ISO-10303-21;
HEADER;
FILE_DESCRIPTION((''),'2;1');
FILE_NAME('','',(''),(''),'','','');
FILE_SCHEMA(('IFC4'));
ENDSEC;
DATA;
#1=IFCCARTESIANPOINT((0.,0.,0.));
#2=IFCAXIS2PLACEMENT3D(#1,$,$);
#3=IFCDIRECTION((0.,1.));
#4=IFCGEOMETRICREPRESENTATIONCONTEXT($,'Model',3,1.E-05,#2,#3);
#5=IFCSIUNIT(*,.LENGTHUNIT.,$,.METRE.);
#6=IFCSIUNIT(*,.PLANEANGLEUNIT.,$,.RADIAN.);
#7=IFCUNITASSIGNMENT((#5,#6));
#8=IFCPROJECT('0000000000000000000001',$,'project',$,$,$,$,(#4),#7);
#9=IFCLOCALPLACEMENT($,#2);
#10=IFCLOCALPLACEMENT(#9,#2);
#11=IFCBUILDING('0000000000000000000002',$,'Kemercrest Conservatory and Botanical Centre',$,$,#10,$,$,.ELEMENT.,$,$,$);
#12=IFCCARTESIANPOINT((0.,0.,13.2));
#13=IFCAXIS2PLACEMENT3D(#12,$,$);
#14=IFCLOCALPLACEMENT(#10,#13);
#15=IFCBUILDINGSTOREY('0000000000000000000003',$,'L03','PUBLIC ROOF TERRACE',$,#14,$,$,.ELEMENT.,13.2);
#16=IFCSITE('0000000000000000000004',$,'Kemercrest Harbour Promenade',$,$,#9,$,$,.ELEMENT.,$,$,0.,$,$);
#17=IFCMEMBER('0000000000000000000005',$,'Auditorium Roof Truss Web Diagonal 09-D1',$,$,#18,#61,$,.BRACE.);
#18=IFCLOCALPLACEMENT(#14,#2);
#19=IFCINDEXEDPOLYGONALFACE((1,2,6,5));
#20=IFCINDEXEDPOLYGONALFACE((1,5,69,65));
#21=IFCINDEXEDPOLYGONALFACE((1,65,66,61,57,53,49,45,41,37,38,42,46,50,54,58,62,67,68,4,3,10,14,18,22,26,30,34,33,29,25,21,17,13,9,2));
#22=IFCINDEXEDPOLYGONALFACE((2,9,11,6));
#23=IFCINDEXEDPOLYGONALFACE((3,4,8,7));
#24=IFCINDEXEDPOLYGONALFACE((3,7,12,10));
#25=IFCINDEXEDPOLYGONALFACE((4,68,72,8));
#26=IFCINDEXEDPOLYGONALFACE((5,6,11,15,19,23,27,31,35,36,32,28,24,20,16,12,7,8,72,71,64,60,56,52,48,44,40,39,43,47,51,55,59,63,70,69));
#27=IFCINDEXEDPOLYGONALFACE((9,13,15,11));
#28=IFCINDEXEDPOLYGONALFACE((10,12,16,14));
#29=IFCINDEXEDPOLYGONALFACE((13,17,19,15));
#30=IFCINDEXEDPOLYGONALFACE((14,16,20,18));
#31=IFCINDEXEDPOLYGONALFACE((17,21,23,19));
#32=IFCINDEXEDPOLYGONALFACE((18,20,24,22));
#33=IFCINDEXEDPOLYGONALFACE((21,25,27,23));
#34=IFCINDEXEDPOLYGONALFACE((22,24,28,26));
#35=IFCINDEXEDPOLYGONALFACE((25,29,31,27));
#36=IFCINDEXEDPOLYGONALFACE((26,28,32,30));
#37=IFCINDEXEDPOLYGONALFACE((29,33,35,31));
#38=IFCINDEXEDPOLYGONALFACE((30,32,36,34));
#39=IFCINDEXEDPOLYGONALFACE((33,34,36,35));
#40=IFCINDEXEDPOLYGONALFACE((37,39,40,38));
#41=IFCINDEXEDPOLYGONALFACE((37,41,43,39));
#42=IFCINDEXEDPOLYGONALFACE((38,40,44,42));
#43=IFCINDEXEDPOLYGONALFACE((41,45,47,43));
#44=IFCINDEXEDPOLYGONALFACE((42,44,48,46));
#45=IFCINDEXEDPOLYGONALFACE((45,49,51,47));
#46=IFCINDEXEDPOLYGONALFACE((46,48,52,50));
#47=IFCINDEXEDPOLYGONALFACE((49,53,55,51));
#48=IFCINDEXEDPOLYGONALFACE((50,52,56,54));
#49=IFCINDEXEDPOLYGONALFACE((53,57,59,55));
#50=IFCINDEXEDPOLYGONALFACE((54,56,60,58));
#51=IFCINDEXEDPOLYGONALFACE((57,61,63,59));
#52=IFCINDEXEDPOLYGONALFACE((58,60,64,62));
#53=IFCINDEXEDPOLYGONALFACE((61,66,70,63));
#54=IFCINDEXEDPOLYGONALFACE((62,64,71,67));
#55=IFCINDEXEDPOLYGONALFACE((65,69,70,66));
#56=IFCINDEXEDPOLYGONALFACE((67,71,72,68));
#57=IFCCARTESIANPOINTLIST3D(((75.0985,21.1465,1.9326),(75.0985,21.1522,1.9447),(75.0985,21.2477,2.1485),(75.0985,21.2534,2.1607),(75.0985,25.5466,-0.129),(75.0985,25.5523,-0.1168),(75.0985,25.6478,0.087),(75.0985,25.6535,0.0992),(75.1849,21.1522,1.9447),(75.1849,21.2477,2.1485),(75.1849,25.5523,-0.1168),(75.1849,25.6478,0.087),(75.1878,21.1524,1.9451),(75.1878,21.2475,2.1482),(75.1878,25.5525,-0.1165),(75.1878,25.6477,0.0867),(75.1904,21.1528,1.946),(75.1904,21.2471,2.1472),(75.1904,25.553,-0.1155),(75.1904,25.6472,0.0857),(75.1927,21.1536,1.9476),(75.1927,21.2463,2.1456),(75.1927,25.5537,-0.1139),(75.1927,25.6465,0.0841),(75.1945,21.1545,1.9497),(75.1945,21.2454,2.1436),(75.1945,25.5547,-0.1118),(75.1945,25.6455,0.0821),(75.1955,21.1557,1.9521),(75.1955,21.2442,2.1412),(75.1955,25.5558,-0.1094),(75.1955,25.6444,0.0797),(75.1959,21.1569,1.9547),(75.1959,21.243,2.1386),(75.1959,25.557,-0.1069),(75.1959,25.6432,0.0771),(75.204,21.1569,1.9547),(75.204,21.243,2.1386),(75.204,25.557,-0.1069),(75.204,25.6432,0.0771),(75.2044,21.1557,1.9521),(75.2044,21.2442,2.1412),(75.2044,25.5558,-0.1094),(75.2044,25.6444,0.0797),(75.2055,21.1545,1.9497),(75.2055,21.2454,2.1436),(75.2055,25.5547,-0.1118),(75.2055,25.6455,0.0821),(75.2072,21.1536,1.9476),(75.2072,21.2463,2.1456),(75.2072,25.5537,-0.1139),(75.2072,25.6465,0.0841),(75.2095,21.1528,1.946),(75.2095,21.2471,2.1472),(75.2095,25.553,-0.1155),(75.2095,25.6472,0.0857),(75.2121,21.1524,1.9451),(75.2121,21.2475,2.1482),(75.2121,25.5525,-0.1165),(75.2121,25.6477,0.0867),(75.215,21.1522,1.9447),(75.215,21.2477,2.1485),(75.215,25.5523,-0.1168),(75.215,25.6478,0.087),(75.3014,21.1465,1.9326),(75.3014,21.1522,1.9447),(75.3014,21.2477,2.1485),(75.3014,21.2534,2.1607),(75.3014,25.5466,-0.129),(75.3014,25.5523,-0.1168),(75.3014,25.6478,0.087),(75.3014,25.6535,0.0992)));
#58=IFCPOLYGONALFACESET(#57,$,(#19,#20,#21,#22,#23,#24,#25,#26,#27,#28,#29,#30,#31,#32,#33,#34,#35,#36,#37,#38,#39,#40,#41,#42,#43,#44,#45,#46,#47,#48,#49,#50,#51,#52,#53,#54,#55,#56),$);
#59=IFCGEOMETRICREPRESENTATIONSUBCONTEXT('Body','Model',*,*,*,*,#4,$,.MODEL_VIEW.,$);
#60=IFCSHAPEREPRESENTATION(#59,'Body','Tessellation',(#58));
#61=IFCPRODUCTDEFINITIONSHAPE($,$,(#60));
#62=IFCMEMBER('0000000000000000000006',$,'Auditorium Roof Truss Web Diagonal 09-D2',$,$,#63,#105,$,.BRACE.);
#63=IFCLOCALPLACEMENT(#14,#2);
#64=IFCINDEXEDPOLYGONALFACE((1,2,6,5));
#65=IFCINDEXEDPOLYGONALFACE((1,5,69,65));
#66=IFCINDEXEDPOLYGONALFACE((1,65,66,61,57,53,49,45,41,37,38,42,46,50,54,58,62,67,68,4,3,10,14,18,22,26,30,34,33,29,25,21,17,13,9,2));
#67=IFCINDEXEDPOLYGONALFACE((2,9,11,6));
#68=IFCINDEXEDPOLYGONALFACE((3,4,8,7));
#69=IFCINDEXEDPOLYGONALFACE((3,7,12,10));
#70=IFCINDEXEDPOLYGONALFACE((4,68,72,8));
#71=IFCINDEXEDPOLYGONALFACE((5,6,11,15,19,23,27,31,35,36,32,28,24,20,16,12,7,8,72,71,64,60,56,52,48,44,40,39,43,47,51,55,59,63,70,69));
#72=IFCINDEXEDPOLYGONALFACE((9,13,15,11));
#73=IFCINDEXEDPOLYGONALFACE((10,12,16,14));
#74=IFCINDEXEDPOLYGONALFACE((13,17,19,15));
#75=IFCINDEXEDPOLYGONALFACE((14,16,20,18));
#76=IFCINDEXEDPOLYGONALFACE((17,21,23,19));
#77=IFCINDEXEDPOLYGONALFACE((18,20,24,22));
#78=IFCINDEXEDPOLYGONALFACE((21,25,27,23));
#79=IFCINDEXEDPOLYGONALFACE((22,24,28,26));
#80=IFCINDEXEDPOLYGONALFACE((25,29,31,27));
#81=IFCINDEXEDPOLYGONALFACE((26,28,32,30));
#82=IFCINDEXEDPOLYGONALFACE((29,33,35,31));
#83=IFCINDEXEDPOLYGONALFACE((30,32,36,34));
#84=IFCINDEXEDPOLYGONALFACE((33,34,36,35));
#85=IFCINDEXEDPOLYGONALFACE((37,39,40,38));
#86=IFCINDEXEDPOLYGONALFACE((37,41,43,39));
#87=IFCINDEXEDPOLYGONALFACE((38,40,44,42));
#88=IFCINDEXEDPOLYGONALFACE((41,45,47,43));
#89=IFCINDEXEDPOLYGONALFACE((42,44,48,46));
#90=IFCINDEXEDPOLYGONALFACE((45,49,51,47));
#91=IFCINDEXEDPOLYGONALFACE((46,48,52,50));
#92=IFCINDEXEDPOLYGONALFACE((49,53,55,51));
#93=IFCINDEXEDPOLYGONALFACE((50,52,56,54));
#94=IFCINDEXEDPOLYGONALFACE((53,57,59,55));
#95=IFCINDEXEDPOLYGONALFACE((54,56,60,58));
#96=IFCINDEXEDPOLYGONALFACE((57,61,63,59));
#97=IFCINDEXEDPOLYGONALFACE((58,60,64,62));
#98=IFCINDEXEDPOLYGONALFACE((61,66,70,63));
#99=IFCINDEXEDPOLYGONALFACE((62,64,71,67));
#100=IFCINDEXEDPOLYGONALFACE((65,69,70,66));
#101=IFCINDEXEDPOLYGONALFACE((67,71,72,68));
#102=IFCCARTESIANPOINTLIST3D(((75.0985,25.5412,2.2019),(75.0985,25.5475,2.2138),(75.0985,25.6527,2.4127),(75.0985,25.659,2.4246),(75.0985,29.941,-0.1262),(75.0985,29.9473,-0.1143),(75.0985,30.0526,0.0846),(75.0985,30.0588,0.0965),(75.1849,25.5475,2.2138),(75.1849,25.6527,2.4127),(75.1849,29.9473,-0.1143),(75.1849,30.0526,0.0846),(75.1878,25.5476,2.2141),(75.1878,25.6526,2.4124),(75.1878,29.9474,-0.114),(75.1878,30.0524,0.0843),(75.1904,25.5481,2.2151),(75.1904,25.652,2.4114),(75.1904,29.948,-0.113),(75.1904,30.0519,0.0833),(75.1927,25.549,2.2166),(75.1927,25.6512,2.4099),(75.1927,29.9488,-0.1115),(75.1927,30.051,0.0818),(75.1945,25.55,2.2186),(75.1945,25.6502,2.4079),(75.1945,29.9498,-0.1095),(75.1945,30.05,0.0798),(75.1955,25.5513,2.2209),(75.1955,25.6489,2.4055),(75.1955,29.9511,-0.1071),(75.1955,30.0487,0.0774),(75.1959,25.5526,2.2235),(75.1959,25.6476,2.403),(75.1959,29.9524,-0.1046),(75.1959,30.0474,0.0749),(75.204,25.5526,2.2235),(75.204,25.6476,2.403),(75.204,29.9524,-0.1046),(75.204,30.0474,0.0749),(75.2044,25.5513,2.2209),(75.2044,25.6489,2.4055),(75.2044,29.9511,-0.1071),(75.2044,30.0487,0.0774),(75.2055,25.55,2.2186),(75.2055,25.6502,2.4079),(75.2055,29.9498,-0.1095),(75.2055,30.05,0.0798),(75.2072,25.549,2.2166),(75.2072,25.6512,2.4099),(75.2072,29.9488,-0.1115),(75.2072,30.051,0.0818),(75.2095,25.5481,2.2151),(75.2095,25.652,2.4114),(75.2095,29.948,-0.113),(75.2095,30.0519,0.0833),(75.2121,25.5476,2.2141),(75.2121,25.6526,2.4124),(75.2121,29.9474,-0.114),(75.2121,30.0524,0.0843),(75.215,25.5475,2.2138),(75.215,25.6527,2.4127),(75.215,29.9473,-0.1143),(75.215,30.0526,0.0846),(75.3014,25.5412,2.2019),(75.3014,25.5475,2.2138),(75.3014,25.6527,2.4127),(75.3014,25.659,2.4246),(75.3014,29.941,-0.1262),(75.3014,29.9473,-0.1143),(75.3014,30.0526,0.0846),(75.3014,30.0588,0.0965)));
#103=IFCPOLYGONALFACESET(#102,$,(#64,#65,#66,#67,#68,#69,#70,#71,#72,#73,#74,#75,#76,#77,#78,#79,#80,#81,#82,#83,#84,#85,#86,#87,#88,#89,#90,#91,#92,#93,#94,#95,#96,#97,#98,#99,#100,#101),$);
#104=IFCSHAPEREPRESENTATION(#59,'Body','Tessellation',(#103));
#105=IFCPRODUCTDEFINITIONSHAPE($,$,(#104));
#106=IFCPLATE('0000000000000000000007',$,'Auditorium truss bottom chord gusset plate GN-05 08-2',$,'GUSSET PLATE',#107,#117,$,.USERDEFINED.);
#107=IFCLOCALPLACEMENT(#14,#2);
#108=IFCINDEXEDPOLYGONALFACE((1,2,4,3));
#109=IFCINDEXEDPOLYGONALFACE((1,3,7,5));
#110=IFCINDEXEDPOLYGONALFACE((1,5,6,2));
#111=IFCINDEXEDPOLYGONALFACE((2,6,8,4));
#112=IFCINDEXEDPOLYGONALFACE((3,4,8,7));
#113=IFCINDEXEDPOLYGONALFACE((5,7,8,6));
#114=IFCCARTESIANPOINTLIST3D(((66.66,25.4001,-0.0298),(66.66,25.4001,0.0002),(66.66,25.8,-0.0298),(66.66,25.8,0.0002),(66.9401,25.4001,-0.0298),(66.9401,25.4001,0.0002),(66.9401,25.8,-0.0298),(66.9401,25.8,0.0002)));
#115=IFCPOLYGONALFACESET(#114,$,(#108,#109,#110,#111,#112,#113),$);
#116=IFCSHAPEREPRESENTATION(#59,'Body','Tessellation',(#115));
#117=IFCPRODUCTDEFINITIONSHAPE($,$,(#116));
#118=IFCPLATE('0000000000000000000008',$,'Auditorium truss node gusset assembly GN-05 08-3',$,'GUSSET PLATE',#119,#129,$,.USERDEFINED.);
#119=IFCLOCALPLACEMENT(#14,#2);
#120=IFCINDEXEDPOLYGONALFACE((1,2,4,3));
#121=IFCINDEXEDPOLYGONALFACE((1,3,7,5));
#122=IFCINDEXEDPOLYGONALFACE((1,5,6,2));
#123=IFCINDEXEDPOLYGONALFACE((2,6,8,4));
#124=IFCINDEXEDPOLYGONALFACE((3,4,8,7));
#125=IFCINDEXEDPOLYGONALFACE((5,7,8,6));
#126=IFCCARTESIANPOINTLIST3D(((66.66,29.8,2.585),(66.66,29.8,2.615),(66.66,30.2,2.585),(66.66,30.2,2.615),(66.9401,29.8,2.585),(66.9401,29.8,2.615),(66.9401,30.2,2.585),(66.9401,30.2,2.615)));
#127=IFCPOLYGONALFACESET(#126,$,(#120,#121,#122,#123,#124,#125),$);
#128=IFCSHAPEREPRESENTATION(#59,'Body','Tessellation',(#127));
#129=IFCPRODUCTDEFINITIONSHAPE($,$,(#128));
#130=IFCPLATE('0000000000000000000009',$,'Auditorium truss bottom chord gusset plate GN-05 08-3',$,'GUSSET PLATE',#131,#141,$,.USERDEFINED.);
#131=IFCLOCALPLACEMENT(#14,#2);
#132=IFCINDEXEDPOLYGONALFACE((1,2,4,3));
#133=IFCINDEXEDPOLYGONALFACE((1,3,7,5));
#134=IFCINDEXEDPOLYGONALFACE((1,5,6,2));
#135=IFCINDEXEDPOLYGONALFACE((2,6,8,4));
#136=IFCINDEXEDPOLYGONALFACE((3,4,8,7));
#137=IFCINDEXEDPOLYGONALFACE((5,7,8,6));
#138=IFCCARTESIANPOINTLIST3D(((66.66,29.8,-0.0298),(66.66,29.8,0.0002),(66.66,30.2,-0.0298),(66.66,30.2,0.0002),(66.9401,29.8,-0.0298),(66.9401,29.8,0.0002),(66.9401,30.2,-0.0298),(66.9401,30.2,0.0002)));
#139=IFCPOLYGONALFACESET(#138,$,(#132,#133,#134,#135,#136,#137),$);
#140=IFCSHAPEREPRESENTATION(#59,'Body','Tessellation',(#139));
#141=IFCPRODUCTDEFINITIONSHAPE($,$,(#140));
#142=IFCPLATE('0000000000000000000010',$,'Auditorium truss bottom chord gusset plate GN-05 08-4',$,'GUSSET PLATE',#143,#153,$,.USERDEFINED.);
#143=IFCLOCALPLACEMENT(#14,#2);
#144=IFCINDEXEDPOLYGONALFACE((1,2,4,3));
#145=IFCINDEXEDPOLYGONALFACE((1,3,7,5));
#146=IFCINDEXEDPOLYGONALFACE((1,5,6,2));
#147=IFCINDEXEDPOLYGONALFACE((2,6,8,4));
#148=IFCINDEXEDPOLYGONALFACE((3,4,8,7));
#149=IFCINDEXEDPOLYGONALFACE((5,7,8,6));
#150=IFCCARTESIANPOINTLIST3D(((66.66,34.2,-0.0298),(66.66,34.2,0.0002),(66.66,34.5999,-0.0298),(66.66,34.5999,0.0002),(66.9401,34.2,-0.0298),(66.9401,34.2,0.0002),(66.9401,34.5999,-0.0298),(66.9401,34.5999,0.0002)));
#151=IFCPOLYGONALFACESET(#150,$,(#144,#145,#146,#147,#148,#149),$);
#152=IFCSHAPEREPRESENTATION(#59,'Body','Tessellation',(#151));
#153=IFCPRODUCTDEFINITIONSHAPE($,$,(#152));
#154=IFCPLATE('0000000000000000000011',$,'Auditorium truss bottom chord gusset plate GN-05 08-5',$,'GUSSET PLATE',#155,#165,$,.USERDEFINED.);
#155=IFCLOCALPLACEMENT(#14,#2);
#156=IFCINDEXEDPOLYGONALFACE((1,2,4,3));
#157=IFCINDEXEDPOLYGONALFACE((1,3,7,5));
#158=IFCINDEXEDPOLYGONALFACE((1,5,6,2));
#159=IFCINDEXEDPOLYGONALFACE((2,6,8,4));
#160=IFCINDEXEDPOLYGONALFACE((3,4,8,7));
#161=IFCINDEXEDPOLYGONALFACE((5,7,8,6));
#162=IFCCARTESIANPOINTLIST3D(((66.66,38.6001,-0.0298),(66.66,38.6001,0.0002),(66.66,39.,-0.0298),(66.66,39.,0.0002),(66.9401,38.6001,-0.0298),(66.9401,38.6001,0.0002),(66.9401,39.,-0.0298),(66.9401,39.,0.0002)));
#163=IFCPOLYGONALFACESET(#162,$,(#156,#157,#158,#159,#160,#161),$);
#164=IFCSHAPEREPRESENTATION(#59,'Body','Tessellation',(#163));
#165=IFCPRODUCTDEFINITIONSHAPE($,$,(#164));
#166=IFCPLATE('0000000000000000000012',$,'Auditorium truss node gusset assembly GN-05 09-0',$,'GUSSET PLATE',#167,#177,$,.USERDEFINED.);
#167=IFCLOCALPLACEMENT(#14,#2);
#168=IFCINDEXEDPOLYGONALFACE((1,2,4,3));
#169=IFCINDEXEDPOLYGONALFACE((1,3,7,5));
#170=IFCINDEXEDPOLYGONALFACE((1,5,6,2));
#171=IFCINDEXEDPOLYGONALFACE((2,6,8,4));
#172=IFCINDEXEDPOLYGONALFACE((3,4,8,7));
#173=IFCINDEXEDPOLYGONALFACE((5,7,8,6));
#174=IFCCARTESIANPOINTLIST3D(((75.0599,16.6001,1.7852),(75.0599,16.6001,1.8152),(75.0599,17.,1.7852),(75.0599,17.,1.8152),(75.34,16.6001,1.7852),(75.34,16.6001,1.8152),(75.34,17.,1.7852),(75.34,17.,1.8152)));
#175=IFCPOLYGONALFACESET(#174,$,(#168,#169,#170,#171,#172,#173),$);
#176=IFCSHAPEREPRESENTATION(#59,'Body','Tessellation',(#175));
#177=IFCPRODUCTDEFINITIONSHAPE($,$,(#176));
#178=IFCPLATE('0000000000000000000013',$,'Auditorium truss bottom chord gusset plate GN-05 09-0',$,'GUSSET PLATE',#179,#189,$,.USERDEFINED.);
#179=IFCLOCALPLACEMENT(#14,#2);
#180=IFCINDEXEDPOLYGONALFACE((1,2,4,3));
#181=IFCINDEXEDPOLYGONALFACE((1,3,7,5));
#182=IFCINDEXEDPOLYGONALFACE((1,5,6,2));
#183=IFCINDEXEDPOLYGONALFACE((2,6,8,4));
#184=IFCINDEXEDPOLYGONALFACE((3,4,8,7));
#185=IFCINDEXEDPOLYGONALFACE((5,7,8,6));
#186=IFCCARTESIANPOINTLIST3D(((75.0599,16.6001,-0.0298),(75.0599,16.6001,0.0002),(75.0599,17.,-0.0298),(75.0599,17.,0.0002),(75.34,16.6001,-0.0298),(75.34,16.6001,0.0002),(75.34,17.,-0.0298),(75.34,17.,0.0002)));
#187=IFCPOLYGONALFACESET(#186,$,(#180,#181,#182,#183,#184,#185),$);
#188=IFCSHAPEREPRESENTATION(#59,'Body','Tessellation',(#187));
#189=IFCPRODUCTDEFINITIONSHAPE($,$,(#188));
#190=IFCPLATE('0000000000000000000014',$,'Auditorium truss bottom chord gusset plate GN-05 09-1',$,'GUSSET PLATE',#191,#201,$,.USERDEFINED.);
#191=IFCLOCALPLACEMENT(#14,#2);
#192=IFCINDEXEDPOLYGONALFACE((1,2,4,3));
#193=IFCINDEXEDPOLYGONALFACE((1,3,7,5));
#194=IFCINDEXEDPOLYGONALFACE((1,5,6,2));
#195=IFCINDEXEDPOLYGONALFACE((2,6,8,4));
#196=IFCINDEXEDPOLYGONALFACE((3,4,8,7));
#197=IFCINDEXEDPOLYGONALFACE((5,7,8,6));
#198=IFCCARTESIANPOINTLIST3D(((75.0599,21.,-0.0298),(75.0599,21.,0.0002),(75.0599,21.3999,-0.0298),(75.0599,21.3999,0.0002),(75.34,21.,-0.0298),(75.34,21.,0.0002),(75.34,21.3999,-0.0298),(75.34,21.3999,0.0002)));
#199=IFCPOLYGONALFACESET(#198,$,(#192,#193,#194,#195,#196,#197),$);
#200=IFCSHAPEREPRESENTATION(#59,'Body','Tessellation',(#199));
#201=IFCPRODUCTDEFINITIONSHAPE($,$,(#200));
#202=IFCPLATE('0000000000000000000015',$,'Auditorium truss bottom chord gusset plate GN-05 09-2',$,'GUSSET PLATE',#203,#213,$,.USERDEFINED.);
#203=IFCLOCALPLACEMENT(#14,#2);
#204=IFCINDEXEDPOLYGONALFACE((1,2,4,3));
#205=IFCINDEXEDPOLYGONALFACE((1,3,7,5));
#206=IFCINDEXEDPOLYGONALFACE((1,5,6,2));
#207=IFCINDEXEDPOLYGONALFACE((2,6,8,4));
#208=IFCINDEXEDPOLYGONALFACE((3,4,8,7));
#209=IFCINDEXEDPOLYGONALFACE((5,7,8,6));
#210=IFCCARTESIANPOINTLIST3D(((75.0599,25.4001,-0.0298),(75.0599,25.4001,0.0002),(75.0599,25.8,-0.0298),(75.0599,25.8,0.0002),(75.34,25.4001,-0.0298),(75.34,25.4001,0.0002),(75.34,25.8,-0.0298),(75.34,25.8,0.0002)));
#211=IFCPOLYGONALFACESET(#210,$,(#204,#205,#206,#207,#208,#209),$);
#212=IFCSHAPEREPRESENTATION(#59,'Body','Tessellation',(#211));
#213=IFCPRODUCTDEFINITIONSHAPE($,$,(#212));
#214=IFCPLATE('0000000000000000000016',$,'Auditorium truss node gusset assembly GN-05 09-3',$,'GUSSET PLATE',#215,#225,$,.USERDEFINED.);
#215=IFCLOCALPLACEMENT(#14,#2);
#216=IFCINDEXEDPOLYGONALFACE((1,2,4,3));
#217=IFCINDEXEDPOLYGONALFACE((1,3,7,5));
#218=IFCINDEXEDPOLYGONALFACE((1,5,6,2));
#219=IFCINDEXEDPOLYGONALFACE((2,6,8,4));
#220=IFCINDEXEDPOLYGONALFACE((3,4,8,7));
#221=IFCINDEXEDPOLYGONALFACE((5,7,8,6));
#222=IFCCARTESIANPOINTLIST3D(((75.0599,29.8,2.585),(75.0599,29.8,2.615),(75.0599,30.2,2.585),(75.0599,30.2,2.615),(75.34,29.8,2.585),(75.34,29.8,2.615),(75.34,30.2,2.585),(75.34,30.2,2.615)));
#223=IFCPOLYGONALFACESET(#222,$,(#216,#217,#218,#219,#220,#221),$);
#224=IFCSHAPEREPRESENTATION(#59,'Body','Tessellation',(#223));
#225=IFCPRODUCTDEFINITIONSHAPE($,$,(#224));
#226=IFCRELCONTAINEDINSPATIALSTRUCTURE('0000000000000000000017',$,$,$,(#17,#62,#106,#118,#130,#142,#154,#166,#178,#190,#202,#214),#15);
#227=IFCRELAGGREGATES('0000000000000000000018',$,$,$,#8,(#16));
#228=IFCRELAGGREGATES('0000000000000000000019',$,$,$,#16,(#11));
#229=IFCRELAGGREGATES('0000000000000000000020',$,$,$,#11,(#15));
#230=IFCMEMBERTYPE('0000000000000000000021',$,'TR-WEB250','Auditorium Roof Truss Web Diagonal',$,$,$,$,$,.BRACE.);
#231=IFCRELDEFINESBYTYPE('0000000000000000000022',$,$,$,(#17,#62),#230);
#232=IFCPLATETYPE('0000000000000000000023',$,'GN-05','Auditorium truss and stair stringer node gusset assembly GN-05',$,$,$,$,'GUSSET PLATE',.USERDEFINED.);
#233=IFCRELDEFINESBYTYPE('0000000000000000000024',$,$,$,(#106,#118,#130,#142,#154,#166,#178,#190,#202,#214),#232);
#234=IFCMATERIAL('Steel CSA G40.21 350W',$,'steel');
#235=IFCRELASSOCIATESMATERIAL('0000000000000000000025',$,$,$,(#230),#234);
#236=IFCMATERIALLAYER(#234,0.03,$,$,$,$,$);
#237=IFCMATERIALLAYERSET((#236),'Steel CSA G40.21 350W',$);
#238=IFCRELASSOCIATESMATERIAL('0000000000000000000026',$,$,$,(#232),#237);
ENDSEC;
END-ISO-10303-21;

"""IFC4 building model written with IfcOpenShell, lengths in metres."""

from ifc_helpers import new_model, si_unit, direction, frame, origin, origin_2d, place, context, subcontext, project, spatial, rectangle, i_section, extrude, material, layer, layer_set, material_profile, profile_set, type_object, element, save


model = new_model("IFC4")

# Units and contexts
model_context = context("Model", 3, precision=1e-05, world=origin(), true_north=direction((0.0, 1.0)))
body_context = subcontext(model_context, "Body", "Model", "MODEL_VIEW")
ifc_project = project(units=[si_unit("LENGTHUNIT", "METRE"), si_unit("PLANEANGLEUNIT", "RADIAN")], contexts=[model_context])

# Site, building, storey
site_placement = place(None, origin())
site = spatial("IfcSite", under=ifc_project, at=site_placement, Name="Kemercrest Harbour Promenade", CompositionType="ELEMENT", RefElevation=0.0)
building_placement = place(site_placement, origin())
building = spatial("IfcBuilding", under=site, at=building_placement, Name="Kemercrest Conservatory and Botanical Centre", CompositionType="ELEMENT")
storey_placement = place(building_placement, frame((0.0, 0.0, 13.2)))
storey = spatial("IfcBuildingStorey", under=building, at=storey_placement, Name="L03", Description="PUBLIC ROOF TERRACE", CompositionType="ELEMENT", Elevation=13.2)

# Members
ifc_material = material(Name="Steel CSA G40.21 350W", Category="steel")
ifc_material_profile_1 = material_profile(ifc_material, i_section(OverallWidth=0.2029, OverallDepth=0.252, WebThickness=0.0081, FlangeThickness=0.0134, FilletRadius=0.011, at=origin_2d()), Name="W250X58")
ifc_profile_set_1 = profile_set([ifc_material_profile_1], Name="Steel CSA G40.21 350W")
member_type_1 = type_object("IfcMemberType", Name="TR-WEB250", Description="Auditorium Roof Truss Web Diagonal", PredefinedType="BRACE", material=ifc_profile_set_1)
member_1_placement = place(storey_placement, frame((75.2, 21.2, 2.0466), z_axis=(0.0, 0.905542, -0.424258), x_axis=(-1.0, 0.0, 0.0)))
element("IfcMember", 1, at=member_1_placement, inside=storey, type_object=member_type_1, Name="Auditorium Roof Truss Web Diagonal 09-D1", PredefinedType="BRACE", context=body_context, shape_type="SweptSolid", body=[
    extrude(i_section(OverallWidth=0.2029, OverallDepth=0.252, WebThickness=0.0081, FlangeThickness=0.0134, FilletRadius=0.011, at=origin_2d()), origin(), (0.0, 0.0, 1.0), 4.8591),
])
member_2_placement = place(storey_placement, frame((75.2, 25.6001, 2.3132), z_axis=(0.0, 0.88389, -0.467694), x_axis=(-1.0, 0.0, 0.0)))
element("IfcMember", 2, at=member_2_placement, inside=storey, type_object=member_type_1, Name="Auditorium Roof Truss Web Diagonal 09-D2", PredefinedType="BRACE", context=body_context, shape_type="SweptSolid", body=[
    extrude(i_section(OverallWidth=0.2029, OverallDepth=0.252, WebThickness=0.0081, FlangeThickness=0.0134, FilletRadius=0.011, at=origin_2d()), origin(), (0.0, 0.0, 1.0), 4.9778),
])

# Plates
ifc_layer = layer(ifc_material, 0.03)
ifc_layer_set = layer_set([ifc_layer], Name="Steel CSA G40.21 350W")
plate_type = type_object("IfcPlateType", Name="GN-05", Description="Auditorium truss and stair stringer node gusset assembly GN-05", ElementType="GUSSET PLATE", PredefinedType="USERDEFINED", material=ifc_layer_set)
for number, where, z_axis, x_axis, name in (
    (3, (66.8, 25.6001, -0.0298), (0.0, 0.0, 1.0), (0.0, 1.0, 0.0), "Auditorium truss bottom chord gusset plate GN-05 08-2"),
    (4, (66.8, 30.0, 2.585), (0.0, 0.0, 1.0), (0.0, 1.0, 0.0), "Auditorium truss node gusset assembly GN-05 08-3"),
    (5, (66.8, 30.0, -0.0298), (0.0, 0.0, 1.0), (0.0, 1.0, 0.0), "Auditorium truss bottom chord gusset plate GN-05 08-3"),
    (6, (66.8, 34.3999, -0.0298), (0.0, 0.0, 1.0), (0.0, 1.0, 0.0), "Auditorium truss bottom chord gusset plate GN-05 08-4"),
    (7, (66.8, 38.8, -0.0298), (0.0, 0.0, 1.0), (0.0, 1.0, 0.0), "Auditorium truss bottom chord gusset plate GN-05 08-5"),
    (8, (75.2, 16.8, 1.7852), (0.0, 0.0, 1.0), (0.0, 1.0, 0.0), "Auditorium truss node gusset assembly GN-05 09-0"),
    (9, (75.2, 16.8, -0.0298), (0.0, 0.0, 1.0), (0.0, 1.0, 0.0), "Auditorium truss bottom chord gusset plate GN-05 09-0"),
    (10, (75.2, 21.2, -0.0298), (0.0, 0.0, 1.0), (0.0, 1.0, 0.0), "Auditorium truss bottom chord gusset plate GN-05 09-1"),
    (11, (75.2, 25.6001, -0.0298), (0.0, 0.0, 1.0), (0.0, 1.0, 0.0), "Auditorium truss bottom chord gusset plate GN-05 09-2"),
    (12, (75.2, 30.0, 2.585), (0.0, 0.0, 1.0), (0.0, 1.0, 0.0), "Auditorium truss node gusset assembly GN-05 09-3"),
):
    element("IfcPlate", number, at=place(storey_placement, frame(where, z_axis=z_axis, x_axis=x_axis)), inside=storey, type_object=plate_type, Name=name, ObjectType="GUSSET PLATE", PredefinedType="USERDEFINED", context=body_context, shape_type="SweptSolid", body=[
        extrude(rectangle(XDim=0.3999, YDim=0.28, at=origin_2d()), origin(), (0.0, 0.0, 1.0), 0.03),
    ])

save(model, "model.ifc")
